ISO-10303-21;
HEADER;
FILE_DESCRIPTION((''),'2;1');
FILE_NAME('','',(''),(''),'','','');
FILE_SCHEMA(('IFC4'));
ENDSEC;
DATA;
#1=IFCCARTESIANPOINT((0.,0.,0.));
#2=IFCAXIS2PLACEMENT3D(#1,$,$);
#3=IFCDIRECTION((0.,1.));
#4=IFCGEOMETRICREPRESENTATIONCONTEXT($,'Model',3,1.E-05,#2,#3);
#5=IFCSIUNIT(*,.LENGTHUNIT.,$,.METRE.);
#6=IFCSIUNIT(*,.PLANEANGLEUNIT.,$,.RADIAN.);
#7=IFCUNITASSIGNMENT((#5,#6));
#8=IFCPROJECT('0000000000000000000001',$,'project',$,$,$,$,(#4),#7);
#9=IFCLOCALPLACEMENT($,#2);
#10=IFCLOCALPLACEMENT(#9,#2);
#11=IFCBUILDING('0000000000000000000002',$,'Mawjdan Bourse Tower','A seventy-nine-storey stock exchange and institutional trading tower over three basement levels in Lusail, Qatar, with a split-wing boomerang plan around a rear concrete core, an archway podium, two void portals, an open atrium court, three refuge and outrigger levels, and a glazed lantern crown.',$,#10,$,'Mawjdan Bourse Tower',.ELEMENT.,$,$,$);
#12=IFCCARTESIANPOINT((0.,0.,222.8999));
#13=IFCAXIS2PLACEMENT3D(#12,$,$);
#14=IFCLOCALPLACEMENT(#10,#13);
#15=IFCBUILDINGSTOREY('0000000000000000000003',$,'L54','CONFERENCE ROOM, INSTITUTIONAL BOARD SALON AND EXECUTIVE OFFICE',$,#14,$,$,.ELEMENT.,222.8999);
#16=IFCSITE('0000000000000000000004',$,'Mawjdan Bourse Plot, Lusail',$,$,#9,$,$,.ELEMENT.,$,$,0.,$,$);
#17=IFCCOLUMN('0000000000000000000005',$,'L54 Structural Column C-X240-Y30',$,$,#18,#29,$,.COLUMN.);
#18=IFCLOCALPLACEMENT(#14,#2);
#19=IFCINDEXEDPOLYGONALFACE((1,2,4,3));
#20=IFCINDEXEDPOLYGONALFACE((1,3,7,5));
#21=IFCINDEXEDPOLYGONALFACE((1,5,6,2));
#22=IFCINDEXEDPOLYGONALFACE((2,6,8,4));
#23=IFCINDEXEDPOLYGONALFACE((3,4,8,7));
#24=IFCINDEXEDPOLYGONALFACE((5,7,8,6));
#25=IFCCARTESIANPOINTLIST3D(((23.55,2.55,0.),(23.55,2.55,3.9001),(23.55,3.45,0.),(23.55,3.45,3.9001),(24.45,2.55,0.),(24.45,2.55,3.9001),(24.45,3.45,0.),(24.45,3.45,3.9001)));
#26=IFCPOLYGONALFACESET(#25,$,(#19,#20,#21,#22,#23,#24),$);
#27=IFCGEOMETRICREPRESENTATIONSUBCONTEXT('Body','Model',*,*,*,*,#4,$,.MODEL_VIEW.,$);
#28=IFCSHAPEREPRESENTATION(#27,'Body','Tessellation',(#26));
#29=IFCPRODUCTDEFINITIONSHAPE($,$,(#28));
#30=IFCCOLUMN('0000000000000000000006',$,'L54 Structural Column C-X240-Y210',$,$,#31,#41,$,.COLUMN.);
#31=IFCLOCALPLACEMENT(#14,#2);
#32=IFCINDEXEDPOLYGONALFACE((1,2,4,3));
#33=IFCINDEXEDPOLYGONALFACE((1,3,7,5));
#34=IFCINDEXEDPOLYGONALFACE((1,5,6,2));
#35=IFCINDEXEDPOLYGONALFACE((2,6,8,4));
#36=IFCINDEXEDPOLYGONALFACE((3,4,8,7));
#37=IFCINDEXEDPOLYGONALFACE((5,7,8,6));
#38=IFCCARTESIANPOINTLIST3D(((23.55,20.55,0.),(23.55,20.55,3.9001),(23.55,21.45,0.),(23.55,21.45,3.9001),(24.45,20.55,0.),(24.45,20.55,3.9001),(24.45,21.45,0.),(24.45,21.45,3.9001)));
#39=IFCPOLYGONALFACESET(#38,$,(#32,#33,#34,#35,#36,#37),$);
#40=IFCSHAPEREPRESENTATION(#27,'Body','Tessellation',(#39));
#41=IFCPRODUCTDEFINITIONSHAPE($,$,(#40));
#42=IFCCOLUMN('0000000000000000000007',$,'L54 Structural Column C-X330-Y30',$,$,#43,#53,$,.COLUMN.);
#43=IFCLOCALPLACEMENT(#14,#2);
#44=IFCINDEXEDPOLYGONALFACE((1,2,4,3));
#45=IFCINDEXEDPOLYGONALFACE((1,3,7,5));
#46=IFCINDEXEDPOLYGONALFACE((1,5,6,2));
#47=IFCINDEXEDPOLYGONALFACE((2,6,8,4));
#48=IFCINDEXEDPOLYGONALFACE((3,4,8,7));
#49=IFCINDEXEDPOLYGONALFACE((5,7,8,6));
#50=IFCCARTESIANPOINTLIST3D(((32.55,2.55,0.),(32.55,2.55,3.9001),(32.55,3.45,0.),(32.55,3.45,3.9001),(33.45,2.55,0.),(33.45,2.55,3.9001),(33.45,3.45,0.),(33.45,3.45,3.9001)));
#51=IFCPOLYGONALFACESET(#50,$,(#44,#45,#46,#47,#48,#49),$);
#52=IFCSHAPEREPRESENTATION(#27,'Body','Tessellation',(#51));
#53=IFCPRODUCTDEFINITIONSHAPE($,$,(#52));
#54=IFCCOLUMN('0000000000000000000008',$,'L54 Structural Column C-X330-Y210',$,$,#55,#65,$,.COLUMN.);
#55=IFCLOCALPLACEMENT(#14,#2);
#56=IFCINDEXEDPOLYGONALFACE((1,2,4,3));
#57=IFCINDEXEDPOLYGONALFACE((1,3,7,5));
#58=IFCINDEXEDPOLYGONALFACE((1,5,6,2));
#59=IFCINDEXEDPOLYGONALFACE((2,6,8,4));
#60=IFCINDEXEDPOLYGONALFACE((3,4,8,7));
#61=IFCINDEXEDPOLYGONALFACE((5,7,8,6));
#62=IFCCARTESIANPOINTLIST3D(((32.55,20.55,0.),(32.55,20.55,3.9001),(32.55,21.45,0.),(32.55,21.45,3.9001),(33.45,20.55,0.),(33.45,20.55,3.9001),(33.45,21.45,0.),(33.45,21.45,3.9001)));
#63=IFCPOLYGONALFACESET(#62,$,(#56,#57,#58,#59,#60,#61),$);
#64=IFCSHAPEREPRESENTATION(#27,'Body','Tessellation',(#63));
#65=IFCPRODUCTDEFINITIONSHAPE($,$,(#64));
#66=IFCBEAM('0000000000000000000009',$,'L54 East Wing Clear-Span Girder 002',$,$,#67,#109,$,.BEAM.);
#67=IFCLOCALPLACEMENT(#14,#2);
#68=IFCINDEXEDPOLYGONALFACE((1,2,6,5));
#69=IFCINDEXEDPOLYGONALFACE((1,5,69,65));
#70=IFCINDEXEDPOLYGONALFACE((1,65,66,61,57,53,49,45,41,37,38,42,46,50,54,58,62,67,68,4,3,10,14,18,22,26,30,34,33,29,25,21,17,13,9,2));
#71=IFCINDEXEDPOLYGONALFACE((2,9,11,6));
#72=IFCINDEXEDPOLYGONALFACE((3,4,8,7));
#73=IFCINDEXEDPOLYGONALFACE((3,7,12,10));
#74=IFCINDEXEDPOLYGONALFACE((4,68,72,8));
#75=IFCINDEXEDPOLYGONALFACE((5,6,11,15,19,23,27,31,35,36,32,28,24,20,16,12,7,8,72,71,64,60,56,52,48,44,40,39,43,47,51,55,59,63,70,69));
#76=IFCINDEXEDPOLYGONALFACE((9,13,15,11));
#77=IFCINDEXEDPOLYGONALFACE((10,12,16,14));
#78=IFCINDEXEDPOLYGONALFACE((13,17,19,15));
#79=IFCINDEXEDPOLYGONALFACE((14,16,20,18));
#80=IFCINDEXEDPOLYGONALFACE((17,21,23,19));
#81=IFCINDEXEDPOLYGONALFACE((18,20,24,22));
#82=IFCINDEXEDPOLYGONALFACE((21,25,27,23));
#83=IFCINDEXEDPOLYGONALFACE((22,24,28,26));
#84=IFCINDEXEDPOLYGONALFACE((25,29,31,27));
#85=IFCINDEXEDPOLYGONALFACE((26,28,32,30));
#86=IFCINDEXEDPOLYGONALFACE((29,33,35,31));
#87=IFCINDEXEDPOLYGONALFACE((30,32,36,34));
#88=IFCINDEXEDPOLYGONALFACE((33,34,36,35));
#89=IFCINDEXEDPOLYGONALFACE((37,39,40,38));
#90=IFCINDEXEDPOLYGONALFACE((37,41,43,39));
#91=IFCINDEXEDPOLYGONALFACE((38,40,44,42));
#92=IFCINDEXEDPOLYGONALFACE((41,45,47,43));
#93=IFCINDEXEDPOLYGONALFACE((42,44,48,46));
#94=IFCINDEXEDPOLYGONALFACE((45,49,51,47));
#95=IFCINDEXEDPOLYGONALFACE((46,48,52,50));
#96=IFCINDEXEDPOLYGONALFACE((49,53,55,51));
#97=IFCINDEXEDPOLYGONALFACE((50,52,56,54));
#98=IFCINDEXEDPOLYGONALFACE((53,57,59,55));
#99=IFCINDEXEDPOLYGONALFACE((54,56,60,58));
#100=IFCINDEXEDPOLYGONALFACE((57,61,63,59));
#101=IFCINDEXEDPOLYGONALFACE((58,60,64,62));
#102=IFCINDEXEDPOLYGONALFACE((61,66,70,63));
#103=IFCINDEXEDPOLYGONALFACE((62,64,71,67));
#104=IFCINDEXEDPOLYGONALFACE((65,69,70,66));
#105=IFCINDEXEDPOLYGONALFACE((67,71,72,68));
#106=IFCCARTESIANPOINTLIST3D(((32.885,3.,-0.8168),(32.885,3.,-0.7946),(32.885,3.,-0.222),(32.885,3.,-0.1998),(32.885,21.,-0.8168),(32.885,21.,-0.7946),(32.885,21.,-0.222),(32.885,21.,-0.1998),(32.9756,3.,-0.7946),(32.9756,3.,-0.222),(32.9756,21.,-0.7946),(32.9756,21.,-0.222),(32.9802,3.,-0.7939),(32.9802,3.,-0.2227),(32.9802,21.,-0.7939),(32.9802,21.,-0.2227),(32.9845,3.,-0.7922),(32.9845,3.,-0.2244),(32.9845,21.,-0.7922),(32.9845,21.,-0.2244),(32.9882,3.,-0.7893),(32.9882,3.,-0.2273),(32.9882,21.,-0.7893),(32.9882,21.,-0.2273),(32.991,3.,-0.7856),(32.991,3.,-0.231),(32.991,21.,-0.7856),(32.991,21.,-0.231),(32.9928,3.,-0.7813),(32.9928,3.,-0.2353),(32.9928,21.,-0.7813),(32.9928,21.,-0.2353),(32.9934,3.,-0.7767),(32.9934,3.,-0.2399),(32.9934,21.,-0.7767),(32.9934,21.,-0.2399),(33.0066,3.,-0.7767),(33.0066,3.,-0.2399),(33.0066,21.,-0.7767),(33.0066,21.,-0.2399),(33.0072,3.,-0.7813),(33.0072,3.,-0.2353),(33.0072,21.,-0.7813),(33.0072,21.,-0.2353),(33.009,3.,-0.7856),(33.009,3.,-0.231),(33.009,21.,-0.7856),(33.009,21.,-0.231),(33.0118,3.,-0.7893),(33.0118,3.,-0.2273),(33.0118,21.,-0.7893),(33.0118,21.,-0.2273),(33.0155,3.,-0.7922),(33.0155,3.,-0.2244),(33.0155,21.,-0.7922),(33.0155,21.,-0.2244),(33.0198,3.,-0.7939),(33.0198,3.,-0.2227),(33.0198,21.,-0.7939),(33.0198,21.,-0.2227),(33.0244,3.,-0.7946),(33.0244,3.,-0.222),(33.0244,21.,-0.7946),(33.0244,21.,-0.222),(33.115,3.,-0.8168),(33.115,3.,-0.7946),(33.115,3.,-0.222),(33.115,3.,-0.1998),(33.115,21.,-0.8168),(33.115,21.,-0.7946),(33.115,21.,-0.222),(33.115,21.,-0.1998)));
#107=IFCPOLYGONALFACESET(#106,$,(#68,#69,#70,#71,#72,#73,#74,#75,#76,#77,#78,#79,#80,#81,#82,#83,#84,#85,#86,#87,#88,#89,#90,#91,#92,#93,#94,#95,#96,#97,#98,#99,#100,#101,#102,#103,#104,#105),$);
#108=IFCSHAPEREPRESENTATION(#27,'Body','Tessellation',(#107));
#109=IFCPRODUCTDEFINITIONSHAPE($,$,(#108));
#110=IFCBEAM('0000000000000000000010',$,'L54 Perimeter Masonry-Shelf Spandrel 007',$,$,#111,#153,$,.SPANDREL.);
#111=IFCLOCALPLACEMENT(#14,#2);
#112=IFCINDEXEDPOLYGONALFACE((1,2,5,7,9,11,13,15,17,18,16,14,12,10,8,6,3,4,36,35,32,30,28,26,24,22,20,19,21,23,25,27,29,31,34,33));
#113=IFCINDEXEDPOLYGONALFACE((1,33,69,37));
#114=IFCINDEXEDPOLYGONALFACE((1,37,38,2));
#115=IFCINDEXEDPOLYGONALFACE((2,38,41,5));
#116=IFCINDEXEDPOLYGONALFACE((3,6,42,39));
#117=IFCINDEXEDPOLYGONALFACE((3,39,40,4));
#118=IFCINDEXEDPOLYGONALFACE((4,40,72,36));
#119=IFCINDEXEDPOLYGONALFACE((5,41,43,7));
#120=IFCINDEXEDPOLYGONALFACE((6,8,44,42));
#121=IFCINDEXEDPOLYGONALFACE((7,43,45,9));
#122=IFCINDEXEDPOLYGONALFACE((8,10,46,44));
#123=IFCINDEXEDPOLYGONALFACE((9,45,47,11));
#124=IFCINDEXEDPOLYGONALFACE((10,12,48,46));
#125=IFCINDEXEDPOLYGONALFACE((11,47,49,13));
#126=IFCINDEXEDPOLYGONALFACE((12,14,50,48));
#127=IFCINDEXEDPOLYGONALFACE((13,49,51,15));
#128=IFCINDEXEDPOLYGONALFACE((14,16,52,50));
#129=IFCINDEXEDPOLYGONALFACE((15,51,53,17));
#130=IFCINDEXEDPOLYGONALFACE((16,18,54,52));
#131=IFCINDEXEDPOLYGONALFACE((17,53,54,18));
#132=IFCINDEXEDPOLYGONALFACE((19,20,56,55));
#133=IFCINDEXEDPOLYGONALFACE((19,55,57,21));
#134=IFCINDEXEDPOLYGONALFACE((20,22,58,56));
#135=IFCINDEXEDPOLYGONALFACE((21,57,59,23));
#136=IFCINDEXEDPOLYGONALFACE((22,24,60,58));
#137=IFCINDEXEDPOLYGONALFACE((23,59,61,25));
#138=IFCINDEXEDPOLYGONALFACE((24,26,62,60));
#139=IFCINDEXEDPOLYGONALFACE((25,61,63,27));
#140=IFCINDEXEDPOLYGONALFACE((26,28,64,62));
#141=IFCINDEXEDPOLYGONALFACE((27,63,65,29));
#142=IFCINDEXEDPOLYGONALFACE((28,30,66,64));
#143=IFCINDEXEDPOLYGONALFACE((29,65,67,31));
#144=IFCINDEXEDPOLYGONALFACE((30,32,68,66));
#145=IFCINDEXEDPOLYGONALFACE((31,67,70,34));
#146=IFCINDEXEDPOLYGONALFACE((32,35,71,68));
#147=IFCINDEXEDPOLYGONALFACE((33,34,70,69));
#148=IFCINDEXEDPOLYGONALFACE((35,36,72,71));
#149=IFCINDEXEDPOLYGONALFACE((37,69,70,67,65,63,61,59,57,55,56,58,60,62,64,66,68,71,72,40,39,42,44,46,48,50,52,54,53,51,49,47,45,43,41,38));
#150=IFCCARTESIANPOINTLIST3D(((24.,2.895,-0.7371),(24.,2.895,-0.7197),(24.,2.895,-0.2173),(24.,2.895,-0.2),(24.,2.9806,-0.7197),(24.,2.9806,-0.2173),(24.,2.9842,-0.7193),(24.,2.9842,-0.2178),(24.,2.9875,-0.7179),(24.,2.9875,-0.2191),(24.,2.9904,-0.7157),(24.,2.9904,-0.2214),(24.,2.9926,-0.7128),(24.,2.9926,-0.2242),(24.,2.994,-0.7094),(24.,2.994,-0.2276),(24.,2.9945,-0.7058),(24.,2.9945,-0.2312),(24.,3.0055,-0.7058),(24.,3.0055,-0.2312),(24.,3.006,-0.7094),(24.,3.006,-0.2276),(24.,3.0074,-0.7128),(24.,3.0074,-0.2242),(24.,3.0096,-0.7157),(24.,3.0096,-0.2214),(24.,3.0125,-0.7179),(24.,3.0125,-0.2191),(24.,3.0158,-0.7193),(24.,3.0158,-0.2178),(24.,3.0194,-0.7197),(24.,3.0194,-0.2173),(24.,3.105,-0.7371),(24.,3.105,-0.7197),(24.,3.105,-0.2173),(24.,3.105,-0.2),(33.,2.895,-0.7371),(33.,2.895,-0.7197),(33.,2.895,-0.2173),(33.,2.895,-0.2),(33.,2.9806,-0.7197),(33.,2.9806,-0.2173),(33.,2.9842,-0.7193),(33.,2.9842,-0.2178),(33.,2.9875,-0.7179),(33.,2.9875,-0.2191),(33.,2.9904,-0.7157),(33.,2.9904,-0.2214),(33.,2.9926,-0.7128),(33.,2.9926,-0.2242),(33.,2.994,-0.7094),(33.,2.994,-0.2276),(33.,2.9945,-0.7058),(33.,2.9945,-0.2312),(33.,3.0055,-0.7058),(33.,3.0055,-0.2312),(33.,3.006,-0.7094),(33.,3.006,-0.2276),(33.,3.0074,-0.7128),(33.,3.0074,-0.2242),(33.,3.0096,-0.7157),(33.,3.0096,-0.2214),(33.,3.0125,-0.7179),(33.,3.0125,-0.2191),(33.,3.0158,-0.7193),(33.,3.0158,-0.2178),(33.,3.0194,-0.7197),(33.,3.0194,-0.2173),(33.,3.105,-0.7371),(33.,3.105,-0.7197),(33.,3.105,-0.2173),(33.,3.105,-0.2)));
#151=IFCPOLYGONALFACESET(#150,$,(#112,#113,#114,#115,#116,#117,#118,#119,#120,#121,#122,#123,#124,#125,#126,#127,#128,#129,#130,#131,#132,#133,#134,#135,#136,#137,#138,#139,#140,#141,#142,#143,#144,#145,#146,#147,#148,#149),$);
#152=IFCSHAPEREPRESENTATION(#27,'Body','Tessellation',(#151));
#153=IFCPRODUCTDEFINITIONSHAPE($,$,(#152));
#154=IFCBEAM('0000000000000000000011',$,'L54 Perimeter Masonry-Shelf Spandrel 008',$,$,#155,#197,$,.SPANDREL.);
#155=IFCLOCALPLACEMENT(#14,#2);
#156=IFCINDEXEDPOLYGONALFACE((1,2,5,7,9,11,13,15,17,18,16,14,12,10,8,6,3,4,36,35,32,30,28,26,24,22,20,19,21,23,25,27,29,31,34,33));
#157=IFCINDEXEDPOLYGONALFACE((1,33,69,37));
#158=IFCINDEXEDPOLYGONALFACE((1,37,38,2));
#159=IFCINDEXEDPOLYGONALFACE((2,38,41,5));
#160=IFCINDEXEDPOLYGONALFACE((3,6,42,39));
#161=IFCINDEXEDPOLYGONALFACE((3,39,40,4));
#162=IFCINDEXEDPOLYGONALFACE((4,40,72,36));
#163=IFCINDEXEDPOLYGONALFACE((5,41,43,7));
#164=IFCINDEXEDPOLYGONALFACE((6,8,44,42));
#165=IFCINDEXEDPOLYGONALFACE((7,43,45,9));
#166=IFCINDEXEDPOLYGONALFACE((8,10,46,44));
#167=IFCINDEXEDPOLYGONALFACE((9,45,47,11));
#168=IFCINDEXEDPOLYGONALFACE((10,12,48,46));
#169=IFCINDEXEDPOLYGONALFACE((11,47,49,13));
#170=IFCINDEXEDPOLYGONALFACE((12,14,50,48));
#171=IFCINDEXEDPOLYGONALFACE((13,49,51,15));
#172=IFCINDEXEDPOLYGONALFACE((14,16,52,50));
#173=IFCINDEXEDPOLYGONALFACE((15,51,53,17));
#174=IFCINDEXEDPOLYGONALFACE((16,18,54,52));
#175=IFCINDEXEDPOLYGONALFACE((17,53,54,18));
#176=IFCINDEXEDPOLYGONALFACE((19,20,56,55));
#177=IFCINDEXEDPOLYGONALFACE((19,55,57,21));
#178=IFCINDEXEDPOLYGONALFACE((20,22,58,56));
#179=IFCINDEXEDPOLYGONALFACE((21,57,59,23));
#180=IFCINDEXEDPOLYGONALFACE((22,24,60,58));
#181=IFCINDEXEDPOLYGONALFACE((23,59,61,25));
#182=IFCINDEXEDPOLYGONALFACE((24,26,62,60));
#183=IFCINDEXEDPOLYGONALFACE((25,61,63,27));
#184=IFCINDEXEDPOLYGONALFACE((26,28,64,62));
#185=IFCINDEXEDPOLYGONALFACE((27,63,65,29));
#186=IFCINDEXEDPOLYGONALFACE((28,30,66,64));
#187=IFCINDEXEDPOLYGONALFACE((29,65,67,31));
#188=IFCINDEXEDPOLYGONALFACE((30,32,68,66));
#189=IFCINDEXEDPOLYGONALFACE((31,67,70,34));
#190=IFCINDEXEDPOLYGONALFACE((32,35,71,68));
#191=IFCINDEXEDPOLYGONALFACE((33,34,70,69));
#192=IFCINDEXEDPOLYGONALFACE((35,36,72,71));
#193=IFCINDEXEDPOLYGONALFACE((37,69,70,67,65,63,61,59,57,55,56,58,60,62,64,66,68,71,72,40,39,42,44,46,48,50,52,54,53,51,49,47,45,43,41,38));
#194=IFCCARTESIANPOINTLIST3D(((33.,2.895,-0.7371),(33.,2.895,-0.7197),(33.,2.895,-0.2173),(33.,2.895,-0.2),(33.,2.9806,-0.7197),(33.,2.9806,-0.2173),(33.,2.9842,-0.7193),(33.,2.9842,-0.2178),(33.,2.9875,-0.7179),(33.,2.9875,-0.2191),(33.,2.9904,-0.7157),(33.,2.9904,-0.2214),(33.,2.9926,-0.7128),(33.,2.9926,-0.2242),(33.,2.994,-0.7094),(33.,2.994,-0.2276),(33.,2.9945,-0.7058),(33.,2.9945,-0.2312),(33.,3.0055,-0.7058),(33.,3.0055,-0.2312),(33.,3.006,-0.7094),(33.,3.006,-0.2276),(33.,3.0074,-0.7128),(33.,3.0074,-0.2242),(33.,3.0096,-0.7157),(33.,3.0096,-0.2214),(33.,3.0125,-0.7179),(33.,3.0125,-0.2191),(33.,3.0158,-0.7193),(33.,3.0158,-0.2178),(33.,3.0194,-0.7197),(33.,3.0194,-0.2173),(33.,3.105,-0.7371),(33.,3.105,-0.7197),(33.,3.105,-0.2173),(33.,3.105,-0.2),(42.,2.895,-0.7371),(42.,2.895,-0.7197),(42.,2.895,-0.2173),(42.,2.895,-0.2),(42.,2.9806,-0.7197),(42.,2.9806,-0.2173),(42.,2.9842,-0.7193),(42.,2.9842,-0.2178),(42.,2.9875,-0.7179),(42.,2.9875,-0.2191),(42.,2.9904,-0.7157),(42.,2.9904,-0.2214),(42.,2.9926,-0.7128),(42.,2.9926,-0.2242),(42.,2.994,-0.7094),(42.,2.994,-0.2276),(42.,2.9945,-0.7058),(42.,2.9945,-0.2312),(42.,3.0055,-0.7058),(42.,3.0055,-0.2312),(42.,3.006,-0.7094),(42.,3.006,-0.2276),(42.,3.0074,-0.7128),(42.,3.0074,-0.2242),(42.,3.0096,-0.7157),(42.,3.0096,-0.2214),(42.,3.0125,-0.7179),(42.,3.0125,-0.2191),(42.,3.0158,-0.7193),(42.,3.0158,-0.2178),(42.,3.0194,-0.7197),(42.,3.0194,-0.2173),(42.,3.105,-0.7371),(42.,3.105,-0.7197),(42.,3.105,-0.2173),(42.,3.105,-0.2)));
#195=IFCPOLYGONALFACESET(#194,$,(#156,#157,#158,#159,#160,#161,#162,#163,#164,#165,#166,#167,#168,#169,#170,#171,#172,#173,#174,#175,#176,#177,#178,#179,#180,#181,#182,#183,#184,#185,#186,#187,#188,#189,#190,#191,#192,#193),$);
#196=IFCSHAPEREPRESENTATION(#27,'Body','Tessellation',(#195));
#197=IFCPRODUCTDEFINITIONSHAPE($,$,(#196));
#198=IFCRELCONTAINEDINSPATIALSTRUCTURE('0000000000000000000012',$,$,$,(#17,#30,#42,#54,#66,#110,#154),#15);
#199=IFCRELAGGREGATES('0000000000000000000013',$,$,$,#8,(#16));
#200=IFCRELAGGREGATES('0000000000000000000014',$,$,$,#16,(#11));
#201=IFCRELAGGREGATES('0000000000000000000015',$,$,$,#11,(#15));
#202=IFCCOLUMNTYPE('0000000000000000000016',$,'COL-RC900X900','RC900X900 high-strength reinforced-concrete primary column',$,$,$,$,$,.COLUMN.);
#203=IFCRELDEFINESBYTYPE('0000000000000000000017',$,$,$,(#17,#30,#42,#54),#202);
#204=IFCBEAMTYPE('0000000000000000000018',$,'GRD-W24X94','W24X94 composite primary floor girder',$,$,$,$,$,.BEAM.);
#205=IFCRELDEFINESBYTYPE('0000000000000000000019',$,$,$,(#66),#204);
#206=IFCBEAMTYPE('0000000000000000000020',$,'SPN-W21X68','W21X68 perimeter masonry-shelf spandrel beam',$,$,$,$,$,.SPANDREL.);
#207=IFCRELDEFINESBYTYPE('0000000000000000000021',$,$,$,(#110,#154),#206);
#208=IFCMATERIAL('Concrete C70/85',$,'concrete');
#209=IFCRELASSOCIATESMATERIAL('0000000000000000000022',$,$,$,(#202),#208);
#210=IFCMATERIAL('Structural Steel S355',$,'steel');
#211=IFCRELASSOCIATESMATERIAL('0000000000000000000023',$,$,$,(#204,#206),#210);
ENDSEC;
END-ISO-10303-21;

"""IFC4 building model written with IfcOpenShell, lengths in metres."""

from ifc_helpers import new_model, si_unit, direction, frame, origin, origin_2d, place, context, subcontext, project, spatial, rectangle, i_section, extrude, material, material_profile, profile_set, type_object, element, save


model = new_model("IFC4")

# Units and contexts
model_context = context("Model", 3, precision=1e-05, world=origin(), true_north=direction((0.0, 1.0)))
body_context = subcontext(model_context, "Body", "Model", "MODEL_VIEW")
ifc_project = project(units=[si_unit("LENGTHUNIT", "METRE"), si_unit("PLANEANGLEUNIT", "RADIAN")], contexts=[model_context])

# Site, building, storey
site_placement = place(None, origin())
site = spatial("IfcSite", under=ifc_project, at=site_placement, Name="Mawjdan Bourse Plot, Lusail", CompositionType="ELEMENT", RefElevation=0.0)
building_placement = place(site_placement, origin())
building = spatial("IfcBuilding", under=site, at=building_placement, Name="Mawjdan Bourse Tower", Description="A seventy-nine-storey stock exchange and institutional trading tower over three basement levels in Lusail, Qatar, with a split-wing boomerang plan around a rear concrete core, an archway podium, two void portals, an open atrium court, three refuge and outrigger levels, and a glazed lantern crown.", LongName="Mawjdan Bourse Tower", CompositionType="ELEMENT")
storey_placement = place(building_placement, frame((0.0, 0.0, 222.8999)))
storey = spatial("IfcBuildingStorey", under=building, at=storey_placement, Name="L54", Description="CONFERENCE ROOM, INSTITUTIONAL BOARD SALON AND EXECUTIVE OFFICE", CompositionType="ELEMENT", Elevation=222.8999)

# Columns
ifc_material_1 = material(Name="Concrete C70/85", Category="concrete")
ifc_material_profile_1 = material_profile(ifc_material_1, rectangle(XDim=0.8999, YDim=0.8999, at=origin_2d()), Name="RC900X900")
ifc_profile_set_1 = profile_set([ifc_material_profile_1], Name="Concrete C70/85")
column_type = type_object("IfcColumnType", Name="COL-RC900X900", Description="RC900X900 high-strength reinforced-concrete primary column", PredefinedType="COLUMN", material=ifc_profile_set_1)
for number, where, z_axis, x_axis, name in (
    (1, (24.0, 3.0, 0.0), (0.0, 0.0, 1.0), (1.0, 0.0, 0.0), "L54 Structural Column C-X240-Y30"),
    (2, (24.0, 21.0, 0.0), (0.0, 0.0, 1.0), (1.0, 0.0, 0.0), "L54 Structural Column C-X240-Y210"),
    (3, (33.0, 3.0, 0.0), (0.0, 0.0, 1.0), (1.0, 0.0, 0.0), "L54 Structural Column C-X330-Y30"),
    (4, (33.0, 21.0, 0.0), (0.0, 0.0, 1.0), (1.0, 0.0, 0.0), "L54 Structural Column C-X330-Y210"),
):
    element("IfcColumn", number, at=place(storey_placement, frame(where, z_axis=z_axis, x_axis=x_axis)), inside=storey, type_object=column_type, Name=name, PredefinedType="COLUMN", context=body_context, shape_type="SweptSolid", body=[
        extrude(rectangle(XDim=0.8999, YDim=0.8999, at=origin_2d()), origin(), (0.0, 0.0, 1.0), 3.9001),
    ])

# Beams
ifc_material_2 = material(Name="Structural Steel S355", Category="steel")
ifc_material_profile_2 = material_profile(ifc_material_2, i_section(OverallWidth=0.23, OverallDepth=0.6169, WebThickness=0.0132, FlangeThickness=0.0222, FilletRadius=0.0178, at=origin_2d()), Name="W24X94")
ifc_profile_set_2 = profile_set([ifc_material_profile_2], Name="Structural Steel S355")
beam_type_1 = type_object("IfcBeamType", Name="GRD-W24X94", Description="W24X94 composite primary floor girder", PredefinedType="BEAM", material=ifc_profile_set_2)
beam_1_placement = place(storey_placement, frame((33.0, 3.0, -0.5083), z_axis=(0.0, 1.0, 0.0), x_axis=(-1.0, 0.0, 0.0)))
element("IfcBeam", 5, at=beam_1_placement, inside=storey, type_object=beam_type_1, Name="L54 East Wing Clear-Span Girder 002", PredefinedType="BEAM", context=body_context, shape_type="SweptSolid", body=[
    extrude(i_section(OverallWidth=0.23, OverallDepth=0.6169, WebThickness=0.0132, FlangeThickness=0.0222, FilletRadius=0.0178, at=origin_2d()), origin(), (0.0, 0.0, 1.0), 18.0),
])
ifc_material_profile_3 = material_profile(ifc_material_2, i_section(OverallWidth=0.21, OverallDepth=0.5371, WebThickness=0.011, FlangeThickness=0.0173, FilletRadius=0.0139, at=origin_2d()), Name="W21X68")
ifc_profile_set_3 = profile_set([ifc_material_profile_3], Name="Structural Steel S355")
beam_type_2 = type_object("IfcBeamType", Name="SPN-W21X68", Description="W21X68 perimeter masonry-shelf spandrel beam", PredefinedType="SPANDREL", material=ifc_profile_set_3)
for number, where, z_axis, x_axis, name in (
    (6, (24.0, 3.0, -0.4685), (1.0, 0.0, 0.0), (0.0, 1.0, 0.0), "L54 Perimeter Masonry-Shelf Spandrel 007"),
    (7, (33.0, 3.0, -0.4685), (1.0, 0.0, 0.0), (0.0, 1.0, 0.0), "L54 Perimeter Masonry-Shelf Spandrel 008"),
):
    element("IfcBeam", number, at=place(storey_placement, frame(where, z_axis=z_axis, x_axis=x_axis)), inside=storey, type_object=beam_type_2, Name=name, PredefinedType="SPANDREL", context=body_context, shape_type="SweptSolid", body=[
        extrude(i_section(OverallWidth=0.21, OverallDepth=0.5371, WebThickness=0.011, FlangeThickness=0.0173, FilletRadius=0.0139, at=origin_2d()), origin(), (0.0, 0.0, 1.0), 9.0),
    ])

save(model, "model.ifc")
